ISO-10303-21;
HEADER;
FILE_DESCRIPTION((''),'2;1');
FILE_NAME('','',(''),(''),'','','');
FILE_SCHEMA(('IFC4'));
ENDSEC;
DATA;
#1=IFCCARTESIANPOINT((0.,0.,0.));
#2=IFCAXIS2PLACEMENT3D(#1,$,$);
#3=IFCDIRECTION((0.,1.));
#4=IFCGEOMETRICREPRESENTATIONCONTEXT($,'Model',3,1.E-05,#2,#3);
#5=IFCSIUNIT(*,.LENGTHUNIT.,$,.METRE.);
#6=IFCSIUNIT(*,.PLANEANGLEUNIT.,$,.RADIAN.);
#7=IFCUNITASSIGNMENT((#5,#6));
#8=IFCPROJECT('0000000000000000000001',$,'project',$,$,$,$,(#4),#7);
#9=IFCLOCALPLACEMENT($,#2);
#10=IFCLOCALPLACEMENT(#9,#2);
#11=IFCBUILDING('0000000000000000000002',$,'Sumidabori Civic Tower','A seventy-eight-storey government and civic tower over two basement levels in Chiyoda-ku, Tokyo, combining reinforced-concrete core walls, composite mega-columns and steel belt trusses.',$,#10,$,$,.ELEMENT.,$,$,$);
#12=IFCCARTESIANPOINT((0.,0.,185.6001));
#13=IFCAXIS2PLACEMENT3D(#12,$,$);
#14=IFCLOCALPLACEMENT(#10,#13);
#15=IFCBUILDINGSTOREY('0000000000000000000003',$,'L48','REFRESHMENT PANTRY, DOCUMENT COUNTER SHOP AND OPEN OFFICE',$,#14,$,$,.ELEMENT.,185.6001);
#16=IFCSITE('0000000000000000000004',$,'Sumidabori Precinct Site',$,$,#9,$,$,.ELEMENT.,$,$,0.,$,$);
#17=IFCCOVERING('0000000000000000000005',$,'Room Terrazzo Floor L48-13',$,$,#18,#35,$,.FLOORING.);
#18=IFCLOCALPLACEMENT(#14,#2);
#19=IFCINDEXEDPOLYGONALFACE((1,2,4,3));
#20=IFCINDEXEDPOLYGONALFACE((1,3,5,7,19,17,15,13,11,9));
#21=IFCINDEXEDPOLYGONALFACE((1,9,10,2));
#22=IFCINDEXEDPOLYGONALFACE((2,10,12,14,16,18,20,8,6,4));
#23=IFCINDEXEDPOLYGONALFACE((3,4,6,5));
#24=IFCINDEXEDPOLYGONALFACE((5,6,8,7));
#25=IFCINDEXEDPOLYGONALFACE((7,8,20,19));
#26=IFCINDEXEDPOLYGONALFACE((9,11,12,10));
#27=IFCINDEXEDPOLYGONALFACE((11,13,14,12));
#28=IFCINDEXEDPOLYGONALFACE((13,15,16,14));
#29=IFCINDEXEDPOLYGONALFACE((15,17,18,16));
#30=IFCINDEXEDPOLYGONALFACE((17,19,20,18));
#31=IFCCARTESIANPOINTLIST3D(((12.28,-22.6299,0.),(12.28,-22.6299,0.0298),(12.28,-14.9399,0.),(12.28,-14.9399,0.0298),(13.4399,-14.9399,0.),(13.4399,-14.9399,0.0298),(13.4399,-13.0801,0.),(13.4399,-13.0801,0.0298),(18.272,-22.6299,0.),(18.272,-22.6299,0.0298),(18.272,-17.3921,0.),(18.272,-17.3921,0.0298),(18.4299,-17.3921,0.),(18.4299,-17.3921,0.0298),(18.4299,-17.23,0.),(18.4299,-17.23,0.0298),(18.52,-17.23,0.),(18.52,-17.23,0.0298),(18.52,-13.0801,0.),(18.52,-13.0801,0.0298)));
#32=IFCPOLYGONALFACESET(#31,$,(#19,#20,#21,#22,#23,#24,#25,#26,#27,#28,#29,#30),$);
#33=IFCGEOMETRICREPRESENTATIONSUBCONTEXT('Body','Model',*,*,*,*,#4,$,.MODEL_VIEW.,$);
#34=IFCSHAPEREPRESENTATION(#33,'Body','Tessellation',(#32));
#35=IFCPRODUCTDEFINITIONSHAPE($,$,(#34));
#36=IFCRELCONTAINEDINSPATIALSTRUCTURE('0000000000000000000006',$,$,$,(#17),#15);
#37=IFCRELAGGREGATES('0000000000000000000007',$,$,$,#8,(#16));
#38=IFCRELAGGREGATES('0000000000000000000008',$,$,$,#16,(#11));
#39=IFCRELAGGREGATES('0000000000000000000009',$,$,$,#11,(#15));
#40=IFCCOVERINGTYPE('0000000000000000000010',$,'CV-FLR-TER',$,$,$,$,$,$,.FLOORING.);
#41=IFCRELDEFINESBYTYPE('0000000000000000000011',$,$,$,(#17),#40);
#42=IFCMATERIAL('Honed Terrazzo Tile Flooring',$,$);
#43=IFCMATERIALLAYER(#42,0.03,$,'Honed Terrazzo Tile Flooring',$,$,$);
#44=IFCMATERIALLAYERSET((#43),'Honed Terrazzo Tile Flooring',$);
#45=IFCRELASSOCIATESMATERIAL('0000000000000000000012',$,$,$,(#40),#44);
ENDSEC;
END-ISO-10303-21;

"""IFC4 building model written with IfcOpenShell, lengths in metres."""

from ifc_helpers import new_model, si_unit, direction, frame, origin, place, context, subcontext, project, spatial, polyline, outline, extrude, material, layer, layer_set, type_object, element, save


model = new_model("IFC4")

# Units and contexts
model_context = context("Model", 3, precision=1e-05, world=origin(), true_north=direction((0.0, 1.0)))
body_context = subcontext(model_context, "Body", "Model", "MODEL_VIEW")
ifc_project = project(units=[si_unit("LENGTHUNIT", "METRE"), si_unit("PLANEANGLEUNIT", "RADIAN")], contexts=[model_context])

# Site, building, storey
site_placement = place(None, origin())
site = spatial("IfcSite", under=ifc_project, at=site_placement, Name="Sumidabori Precinct Site", CompositionType="ELEMENT", RefElevation=0.0)
building_placement = place(site_placement, origin())
building = spatial("IfcBuilding", under=site, at=building_placement, Name="Sumidabori Civic Tower", Description="A seventy-eight-storey government and civic tower over two basement levels in Chiyoda-ku, Tokyo, combining reinforced-concrete core walls, composite mega-columns and steel belt trusses.", CompositionType="ELEMENT")
storey_placement = place(building_placement, frame((0.0, 0.0, 185.6001)))
storey = spatial("IfcBuildingStorey", under=building, at=storey_placement, Name="L48", Description="REFRESHMENT PANTRY, DOCUMENT COUNTER SHOP AND OPEN OFFICE", CompositionType="ELEMENT", Elevation=185.6001)

# Covering
ifc_material_1 = material(Name="Honed Terrazzo Tile Flooring")
ifc_layer_1 = layer(ifc_material_1, 0.03, Name="Honed Terrazzo Tile Flooring")
ifc_layer_set_1 = layer_set([ifc_layer_1], Name="Honed Terrazzo Tile Flooring")
covering_type_1 = type_object("IfcCoveringType", Name="CV-FLR-TER", PredefinedType="FLOORING", material=ifc_layer_set_1)
covering_1_placement = place(storey_placement, origin())
element("IfcCovering", 1, at=covering_1_placement, inside=storey, type_object=covering_type_1, Name="Room Terrazzo Floor L48-13", PredefinedType="FLOORING", context=body_context, shape_type="SweptSolid", body=[
    extrude(outline(polyline([(18.52, -13.0801), (18.52, -17.23), (18.4299, -17.23), (18.4299, -17.3921), (18.272, -17.3921), (18.272, -22.6299), (12.28, -22.6299), (12.28, -14.9399), (13.4399, -14.9399), (13.4399, -13.0801), (18.52, -13.0801)])), origin(), (0.0, 0.0, 1.0), 0.0298),
])

save(model, "model.ifc")
